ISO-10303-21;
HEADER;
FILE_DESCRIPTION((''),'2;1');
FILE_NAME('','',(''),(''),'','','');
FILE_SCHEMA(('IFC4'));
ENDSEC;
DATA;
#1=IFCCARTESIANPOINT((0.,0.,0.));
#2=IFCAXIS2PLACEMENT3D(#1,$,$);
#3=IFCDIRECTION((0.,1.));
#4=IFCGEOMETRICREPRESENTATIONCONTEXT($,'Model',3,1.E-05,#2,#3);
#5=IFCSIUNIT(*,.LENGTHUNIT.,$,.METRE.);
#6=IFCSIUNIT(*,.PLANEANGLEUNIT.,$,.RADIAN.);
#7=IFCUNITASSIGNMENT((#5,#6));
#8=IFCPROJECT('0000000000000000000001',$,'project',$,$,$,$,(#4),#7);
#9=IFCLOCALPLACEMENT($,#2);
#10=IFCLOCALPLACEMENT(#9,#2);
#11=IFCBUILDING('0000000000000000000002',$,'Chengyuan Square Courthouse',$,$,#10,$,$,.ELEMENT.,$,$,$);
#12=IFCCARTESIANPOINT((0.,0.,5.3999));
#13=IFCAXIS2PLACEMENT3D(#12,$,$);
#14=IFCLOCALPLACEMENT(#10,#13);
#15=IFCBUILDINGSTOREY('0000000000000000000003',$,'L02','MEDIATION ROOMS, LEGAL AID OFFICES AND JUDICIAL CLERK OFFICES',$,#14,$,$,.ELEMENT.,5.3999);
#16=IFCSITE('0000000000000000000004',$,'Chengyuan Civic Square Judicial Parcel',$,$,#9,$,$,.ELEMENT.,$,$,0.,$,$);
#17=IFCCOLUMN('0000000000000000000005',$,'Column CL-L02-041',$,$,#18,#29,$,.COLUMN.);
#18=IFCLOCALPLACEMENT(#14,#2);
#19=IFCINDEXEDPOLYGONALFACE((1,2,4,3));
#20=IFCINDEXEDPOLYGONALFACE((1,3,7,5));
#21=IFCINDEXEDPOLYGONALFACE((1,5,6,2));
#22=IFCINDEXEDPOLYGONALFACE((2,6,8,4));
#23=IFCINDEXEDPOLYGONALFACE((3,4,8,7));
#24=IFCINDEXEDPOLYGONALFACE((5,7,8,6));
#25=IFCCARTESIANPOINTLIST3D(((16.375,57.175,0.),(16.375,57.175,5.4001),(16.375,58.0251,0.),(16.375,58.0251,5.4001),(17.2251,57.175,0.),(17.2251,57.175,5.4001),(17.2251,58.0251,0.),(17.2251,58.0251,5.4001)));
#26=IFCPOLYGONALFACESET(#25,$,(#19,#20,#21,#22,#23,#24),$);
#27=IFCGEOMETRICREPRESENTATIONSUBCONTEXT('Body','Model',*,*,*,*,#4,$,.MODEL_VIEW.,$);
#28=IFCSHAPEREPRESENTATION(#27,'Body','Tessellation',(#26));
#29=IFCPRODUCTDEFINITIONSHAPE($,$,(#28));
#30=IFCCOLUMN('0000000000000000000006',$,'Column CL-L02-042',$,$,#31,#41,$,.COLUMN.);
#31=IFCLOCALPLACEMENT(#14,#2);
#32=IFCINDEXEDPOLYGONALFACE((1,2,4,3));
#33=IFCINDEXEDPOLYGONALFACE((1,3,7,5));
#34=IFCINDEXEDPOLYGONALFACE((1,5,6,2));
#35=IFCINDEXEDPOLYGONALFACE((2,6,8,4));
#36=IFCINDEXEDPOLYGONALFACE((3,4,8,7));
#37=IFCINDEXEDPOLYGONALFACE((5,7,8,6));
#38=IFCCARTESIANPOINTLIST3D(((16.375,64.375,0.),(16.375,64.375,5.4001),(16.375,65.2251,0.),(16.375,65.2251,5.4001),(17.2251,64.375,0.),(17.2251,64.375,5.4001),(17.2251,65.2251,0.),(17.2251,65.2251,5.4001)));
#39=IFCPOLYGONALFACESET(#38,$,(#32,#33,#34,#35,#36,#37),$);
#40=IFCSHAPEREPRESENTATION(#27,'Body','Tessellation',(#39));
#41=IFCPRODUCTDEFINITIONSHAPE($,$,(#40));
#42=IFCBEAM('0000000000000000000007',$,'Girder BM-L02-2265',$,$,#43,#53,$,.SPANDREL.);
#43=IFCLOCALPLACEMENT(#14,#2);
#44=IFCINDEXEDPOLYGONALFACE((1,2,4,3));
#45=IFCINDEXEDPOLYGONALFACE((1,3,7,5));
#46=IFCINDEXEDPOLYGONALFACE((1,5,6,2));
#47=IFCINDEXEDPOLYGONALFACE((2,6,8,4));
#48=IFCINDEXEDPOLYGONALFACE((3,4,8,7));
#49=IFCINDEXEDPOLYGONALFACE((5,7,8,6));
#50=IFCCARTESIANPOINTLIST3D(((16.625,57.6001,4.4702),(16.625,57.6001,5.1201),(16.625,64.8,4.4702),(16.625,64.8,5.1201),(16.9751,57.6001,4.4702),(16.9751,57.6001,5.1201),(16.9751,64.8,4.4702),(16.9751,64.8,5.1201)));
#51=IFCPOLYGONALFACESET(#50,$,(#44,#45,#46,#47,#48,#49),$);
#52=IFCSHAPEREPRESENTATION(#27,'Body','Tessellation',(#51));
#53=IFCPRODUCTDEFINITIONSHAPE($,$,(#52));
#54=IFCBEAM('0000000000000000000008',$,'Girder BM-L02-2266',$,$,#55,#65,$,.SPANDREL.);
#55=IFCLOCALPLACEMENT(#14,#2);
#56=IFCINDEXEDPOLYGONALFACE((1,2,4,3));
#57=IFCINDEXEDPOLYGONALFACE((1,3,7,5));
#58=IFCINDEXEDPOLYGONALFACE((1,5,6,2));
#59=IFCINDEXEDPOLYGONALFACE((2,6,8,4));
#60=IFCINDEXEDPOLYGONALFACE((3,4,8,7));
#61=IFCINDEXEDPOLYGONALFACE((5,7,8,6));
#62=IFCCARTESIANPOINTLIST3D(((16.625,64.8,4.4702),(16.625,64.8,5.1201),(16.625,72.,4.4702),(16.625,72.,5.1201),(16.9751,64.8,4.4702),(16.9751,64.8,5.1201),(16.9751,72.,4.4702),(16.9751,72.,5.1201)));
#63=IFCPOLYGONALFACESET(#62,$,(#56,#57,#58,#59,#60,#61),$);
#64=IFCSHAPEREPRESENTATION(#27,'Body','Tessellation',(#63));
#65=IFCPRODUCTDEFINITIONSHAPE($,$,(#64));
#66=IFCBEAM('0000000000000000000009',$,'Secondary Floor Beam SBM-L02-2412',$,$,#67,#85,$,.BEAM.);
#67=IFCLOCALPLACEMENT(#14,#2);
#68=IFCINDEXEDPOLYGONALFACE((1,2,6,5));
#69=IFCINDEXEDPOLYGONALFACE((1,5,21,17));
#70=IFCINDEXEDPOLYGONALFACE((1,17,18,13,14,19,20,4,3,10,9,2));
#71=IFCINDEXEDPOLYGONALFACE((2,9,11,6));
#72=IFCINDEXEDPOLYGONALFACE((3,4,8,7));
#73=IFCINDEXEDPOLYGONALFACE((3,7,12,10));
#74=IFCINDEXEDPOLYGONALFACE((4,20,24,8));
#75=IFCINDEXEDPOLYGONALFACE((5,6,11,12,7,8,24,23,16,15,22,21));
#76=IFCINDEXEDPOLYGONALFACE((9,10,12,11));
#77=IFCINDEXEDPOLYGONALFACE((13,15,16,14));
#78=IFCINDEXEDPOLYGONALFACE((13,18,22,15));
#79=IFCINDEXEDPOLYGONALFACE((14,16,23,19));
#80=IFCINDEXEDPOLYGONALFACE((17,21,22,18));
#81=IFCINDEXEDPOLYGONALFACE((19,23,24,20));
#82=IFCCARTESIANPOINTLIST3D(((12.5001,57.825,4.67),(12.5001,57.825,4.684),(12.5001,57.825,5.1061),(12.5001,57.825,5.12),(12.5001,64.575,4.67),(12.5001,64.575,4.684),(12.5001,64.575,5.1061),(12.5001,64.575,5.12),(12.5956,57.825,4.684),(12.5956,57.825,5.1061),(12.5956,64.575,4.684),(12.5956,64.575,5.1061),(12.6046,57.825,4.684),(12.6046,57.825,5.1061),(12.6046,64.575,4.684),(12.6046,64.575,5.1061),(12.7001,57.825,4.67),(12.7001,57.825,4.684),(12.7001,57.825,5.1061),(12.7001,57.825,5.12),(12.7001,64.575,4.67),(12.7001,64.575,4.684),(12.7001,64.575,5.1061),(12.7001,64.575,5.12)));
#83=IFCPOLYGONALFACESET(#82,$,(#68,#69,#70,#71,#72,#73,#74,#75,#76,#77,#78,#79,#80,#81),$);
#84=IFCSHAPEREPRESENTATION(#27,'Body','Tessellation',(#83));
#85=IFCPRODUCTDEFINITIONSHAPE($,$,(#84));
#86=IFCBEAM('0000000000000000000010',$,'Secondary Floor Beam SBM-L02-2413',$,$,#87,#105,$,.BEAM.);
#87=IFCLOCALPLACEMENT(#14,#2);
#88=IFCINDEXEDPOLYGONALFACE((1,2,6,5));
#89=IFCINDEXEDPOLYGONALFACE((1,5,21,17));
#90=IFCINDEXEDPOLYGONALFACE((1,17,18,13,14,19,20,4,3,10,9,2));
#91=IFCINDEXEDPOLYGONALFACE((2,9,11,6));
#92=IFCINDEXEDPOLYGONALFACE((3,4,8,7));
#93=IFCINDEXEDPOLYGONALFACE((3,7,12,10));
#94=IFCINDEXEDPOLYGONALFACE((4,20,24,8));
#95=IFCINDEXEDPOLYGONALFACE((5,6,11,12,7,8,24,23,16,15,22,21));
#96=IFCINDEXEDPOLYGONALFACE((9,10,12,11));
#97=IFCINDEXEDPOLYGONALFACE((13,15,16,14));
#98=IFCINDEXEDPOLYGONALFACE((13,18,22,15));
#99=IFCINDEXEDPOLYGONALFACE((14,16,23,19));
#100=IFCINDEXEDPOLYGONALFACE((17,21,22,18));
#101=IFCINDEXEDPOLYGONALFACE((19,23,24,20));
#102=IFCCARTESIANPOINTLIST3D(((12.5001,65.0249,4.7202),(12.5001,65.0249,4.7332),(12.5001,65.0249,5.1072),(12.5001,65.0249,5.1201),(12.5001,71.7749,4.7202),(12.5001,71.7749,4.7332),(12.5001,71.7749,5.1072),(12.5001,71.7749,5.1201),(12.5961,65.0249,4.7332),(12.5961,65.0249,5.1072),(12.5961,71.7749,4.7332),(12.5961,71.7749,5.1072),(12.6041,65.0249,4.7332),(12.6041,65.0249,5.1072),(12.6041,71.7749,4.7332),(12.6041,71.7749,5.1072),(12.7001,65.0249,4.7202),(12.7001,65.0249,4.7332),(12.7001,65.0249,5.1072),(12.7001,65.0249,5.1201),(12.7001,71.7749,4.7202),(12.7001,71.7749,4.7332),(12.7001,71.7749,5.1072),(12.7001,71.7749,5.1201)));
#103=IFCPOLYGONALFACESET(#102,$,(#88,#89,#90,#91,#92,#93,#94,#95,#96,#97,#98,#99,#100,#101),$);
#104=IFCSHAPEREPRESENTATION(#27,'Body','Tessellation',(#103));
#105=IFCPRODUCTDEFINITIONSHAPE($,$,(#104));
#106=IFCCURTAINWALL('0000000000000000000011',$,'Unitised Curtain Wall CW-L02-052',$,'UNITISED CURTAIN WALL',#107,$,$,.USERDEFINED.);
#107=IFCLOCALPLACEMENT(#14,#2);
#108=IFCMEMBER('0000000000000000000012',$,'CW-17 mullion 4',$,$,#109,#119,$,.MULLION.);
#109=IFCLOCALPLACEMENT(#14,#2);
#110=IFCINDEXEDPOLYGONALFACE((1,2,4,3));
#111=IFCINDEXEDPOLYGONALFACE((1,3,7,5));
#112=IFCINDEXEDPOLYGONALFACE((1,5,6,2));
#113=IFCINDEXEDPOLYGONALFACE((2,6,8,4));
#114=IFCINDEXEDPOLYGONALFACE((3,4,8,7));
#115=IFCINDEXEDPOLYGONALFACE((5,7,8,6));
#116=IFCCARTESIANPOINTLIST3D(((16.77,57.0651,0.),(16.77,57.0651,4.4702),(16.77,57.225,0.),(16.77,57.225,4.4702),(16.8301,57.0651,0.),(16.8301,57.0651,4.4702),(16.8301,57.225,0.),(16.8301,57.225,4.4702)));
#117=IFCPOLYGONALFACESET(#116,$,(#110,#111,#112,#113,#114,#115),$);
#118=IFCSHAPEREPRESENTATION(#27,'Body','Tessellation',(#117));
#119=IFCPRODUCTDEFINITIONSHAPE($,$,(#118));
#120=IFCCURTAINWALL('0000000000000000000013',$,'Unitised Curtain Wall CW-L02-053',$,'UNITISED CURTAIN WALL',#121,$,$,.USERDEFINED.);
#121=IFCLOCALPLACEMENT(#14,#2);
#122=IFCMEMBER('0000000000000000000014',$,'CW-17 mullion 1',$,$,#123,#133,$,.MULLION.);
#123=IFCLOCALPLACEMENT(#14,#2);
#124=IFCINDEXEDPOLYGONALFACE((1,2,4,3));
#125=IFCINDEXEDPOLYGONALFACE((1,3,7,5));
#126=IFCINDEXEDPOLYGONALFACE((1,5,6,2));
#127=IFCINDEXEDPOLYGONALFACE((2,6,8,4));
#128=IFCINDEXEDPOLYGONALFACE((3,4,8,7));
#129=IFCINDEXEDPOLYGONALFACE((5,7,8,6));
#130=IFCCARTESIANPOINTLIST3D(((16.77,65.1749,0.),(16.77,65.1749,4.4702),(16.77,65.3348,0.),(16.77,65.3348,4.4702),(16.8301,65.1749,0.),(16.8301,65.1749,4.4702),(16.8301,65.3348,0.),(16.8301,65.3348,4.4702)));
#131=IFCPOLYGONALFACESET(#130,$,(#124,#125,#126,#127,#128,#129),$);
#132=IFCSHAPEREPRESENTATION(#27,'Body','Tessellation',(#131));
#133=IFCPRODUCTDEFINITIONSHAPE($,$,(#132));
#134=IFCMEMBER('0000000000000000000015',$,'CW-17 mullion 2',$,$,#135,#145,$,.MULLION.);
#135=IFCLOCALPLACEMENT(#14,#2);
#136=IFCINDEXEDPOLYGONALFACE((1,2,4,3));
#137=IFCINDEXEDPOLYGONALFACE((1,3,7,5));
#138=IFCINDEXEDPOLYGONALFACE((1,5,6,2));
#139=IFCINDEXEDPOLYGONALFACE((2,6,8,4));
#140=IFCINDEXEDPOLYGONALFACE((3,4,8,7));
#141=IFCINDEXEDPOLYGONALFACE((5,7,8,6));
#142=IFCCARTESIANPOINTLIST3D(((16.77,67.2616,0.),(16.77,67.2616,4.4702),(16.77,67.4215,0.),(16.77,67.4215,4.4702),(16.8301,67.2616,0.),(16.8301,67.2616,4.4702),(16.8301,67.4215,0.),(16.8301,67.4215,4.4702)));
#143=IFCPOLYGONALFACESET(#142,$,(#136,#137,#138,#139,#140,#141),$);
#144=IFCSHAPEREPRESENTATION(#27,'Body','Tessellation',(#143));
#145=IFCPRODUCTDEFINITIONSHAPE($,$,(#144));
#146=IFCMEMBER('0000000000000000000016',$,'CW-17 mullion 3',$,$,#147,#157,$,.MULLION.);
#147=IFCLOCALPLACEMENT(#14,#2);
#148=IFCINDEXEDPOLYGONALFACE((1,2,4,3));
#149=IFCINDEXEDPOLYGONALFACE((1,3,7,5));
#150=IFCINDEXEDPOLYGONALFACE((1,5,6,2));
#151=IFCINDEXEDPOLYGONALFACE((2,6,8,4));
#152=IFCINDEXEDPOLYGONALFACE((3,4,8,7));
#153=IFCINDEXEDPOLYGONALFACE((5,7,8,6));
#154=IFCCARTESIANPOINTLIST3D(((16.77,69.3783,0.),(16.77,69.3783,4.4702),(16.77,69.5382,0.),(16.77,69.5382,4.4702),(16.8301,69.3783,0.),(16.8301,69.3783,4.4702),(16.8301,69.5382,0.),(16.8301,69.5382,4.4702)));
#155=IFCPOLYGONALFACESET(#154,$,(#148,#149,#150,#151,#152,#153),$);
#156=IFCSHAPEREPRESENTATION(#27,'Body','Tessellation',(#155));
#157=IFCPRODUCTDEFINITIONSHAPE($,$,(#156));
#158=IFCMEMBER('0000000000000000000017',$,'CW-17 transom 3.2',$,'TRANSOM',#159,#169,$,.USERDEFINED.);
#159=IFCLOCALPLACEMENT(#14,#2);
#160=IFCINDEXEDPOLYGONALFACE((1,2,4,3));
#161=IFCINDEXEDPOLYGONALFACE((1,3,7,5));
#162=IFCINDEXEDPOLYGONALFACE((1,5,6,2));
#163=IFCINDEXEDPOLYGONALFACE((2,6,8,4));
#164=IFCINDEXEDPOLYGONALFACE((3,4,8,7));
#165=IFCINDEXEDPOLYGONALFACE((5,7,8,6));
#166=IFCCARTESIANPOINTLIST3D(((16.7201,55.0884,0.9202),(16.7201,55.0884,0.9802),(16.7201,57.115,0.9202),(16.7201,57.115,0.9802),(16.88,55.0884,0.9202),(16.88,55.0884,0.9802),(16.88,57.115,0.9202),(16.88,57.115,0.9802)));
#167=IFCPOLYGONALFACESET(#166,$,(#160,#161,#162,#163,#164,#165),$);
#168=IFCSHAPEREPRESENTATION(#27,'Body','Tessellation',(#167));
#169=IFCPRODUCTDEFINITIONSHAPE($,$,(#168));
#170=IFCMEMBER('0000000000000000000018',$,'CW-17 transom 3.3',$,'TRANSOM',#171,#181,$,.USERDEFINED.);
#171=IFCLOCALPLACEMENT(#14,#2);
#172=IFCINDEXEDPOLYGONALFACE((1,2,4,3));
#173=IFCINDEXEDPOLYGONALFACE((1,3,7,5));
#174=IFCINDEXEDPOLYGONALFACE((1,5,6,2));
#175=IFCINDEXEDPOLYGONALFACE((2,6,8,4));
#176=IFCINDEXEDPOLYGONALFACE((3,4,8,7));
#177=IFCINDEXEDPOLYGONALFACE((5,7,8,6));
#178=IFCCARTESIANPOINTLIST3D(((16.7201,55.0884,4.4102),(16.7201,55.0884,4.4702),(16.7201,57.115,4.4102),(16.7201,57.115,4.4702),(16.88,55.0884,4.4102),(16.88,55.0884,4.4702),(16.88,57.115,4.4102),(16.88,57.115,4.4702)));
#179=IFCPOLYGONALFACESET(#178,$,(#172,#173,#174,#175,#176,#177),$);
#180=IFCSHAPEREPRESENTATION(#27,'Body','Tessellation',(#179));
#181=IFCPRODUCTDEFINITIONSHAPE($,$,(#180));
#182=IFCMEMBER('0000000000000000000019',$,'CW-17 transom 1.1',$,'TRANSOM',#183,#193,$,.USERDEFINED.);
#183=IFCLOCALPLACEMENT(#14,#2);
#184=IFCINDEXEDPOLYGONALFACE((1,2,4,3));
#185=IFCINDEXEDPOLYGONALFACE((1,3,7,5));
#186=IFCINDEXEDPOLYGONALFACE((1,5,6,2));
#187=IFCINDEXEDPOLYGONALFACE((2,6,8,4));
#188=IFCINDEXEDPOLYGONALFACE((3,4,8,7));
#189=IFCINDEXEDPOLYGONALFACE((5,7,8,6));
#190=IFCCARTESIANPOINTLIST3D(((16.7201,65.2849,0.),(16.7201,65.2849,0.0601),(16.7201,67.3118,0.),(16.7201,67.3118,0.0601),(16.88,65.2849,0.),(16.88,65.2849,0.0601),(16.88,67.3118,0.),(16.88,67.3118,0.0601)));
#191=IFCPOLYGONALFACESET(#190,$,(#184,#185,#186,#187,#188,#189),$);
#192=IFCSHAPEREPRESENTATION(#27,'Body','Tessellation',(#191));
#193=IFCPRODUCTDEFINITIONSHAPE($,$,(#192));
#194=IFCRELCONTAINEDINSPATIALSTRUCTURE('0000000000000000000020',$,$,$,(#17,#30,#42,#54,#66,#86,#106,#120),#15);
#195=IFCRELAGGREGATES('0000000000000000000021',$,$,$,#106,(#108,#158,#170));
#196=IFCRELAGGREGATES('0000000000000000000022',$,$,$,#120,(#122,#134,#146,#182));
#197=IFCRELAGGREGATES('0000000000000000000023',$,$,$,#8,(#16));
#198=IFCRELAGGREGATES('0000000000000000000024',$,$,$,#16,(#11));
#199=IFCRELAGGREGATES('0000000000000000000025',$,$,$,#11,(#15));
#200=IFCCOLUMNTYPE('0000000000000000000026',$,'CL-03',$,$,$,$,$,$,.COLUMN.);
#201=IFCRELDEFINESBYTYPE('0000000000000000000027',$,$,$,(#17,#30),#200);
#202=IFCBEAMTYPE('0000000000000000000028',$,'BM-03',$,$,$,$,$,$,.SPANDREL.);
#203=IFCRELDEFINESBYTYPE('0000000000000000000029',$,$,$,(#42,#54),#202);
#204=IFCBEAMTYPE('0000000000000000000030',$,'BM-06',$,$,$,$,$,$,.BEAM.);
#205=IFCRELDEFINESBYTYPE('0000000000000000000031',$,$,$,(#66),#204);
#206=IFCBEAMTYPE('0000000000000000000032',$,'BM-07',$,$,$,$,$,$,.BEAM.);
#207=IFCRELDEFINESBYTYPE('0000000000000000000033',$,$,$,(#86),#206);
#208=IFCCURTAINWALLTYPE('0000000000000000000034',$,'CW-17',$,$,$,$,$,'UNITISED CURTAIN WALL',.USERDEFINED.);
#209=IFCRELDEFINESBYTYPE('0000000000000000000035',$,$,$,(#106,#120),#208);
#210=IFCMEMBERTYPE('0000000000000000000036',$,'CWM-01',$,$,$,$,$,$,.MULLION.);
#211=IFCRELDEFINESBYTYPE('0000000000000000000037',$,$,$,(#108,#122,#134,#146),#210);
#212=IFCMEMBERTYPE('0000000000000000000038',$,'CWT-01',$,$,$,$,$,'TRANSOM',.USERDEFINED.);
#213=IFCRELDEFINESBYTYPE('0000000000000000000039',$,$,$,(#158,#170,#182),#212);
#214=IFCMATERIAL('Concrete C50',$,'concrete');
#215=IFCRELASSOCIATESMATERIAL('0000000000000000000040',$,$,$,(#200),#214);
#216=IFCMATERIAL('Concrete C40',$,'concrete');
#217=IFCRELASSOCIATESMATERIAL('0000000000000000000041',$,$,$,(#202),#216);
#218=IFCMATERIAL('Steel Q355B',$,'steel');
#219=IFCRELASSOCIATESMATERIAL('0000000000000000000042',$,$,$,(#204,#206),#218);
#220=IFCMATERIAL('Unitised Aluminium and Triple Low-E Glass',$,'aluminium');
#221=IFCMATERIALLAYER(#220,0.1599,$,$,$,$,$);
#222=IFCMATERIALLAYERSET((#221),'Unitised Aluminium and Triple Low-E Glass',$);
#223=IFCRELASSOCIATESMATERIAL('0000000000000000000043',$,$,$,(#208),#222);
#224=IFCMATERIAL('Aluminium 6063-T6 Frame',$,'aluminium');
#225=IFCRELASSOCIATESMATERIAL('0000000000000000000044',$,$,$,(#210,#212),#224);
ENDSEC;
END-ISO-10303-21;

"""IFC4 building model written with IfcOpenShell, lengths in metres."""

from ifc_helpers import new_model, si_unit, direction, frame, origin, origin_2d, place, context, subcontext, project, spatial, rectangle, i_section, extrude, material, layer, layer_set, material_profile, profile_set, type_object, element, aggregate, save


model = new_model("IFC4")

# Units and contexts
model_context = context("Model", 3, precision=1e-05, world=origin(), true_north=direction((0.0, 1.0)))
body_context = subcontext(model_context, "Body", "Model", "MODEL_VIEW")
ifc_project = project(units=[si_unit("LENGTHUNIT", "METRE"), si_unit("PLANEANGLEUNIT", "RADIAN")], contexts=[model_context])

# Site, building, storey
site_placement = place(None, origin())
site = spatial("IfcSite", under=ifc_project, at=site_placement, Name="Chengyuan Civic Square Judicial Parcel", CompositionType="ELEMENT", RefElevation=0.0)
building_placement = place(site_placement, origin())
building = spatial("IfcBuilding", under=site, at=building_placement, Name="Chengyuan Square Courthouse", CompositionType="ELEMENT")
storey_placement = place(building_placement, frame((0.0, 0.0, 5.3999)))
storey = spatial("IfcBuildingStorey", under=building, at=storey_placement, Name="L02", Description="MEDIATION ROOMS, LEGAL AID OFFICES AND JUDICIAL CLERK OFFICES", CompositionType="ELEMENT", Elevation=5.3999)

# Columns
ifc_material_1 = material(Name="Concrete C50", Category="concrete")
ifc_material_profile_1 = material_profile(ifc_material_1, rectangle(XDim=0.8501, YDim=0.8501, at=origin_2d()), Name="RC-COL-850x850")
ifc_profile_set_1 = profile_set([ifc_material_profile_1], Name="Concrete C50")
column_type = type_object("IfcColumnType", Name="CL-03", PredefinedType="COLUMN", material=ifc_profile_set_1)
for number, where, z_axis, x_axis, name in (
    (1, (16.8, 57.6001, 0.0), (0.0, 0.0, 1.0), (1.0, 0.0, 0.0), "Column CL-L02-041"),
    (2, (16.8, 64.8, 0.0), (0.0, 0.0, 1.0), (1.0, 0.0, 0.0), "Column CL-L02-042"),
):
    element("IfcColumn", number, at=place(storey_placement, frame(where, z_axis=z_axis, x_axis=x_axis)), inside=storey, type_object=column_type, Name=name, PredefinedType="COLUMN", context=body_context, shape_type="SweptSolid", body=[
        extrude(rectangle(XDim=0.8501, YDim=0.8501, at=origin_2d()), origin(), (0.0, 0.0, 1.0), 5.4001),
    ])

# Beams
ifc_material_2 = material(Name="Concrete C40", Category="concrete")
ifc_material_profile_2 = material_profile(ifc_material_2, rectangle(XDim=0.3501, YDim=0.6499, at=origin_2d()), Name="RC-BM-350x650")
ifc_profile_set_2 = profile_set([ifc_material_profile_2], Name="Concrete C40")
beam_type_1 = type_object("IfcBeamType", Name="BM-03", PredefinedType="SPANDREL", material=ifc_profile_set_2)
for number, where, z_axis, x_axis, name in (
    (3, (16.8, 57.6001, 4.7952), (0.0, 1.0, 0.0), (-1.0, 0.0, 0.0), "Girder BM-L02-2265"),
    (4, (16.8, 64.8, 4.7952), (0.0, 1.0, 0.0), (-1.0, 0.0, 0.0), "Girder BM-L02-2266"),
):
    element("IfcBeam", number, at=place(storey_placement, frame(where, z_axis=z_axis, x_axis=x_axis)), inside=storey, type_object=beam_type_1, Name=name, PredefinedType="SPANDREL", context=body_context, shape_type="SweptSolid", body=[
        extrude(rectangle(XDim=0.3501, YDim=0.6499, at=origin_2d()), origin(), (0.0, 0.0, 1.0), 7.2),
    ])
ifc_material_3 = material(Name="Steel Q355B", Category="steel")
ifc_material_profile_3 = material_profile(ifc_material_3, i_section(OverallWidth=0.2, OverallDepth=0.45, WebThickness=0.009, FlangeThickness=0.0139, at=origin_2d()), Name="HN 450x200x9x14")
ifc_profile_set_3 = profile_set([ifc_material_profile_3], Name="Steel Q355B")
beam_type_2 = type_object("IfcBeamType", Name="BM-06", PredefinedType="BEAM", material=ifc_profile_set_3)
beam_1_placement = place(storey_placement, frame((12.6001, 57.825, 4.895), z_axis=(0.0, 1.0, 0.0), x_axis=(-1.0, 0.0, 0.0)))
element("IfcBeam", 5, at=beam_1_placement, inside=storey, type_object=beam_type_2, Name="Secondary Floor Beam SBM-L02-2412", PredefinedType="BEAM", context=body_context, shape_type="SweptSolid", body=[
    extrude(i_section(OverallWidth=0.2, OverallDepth=0.45, WebThickness=0.009, FlangeThickness=0.0139, at=origin_2d()), origin(), (0.0, 0.0, 1.0), 6.75),
])
ifc_material_profile_4 = material_profile(ifc_material_3, i_section(OverallWidth=0.2, OverallDepth=0.3999, WebThickness=0.0081, FlangeThickness=0.0129, at=origin_2d()), Name="HN 400x200x8x13")
ifc_profile_set_4 = profile_set([ifc_material_profile_4], Name="Steel Q355B")
beam_type_3 = type_object("IfcBeamType", Name="BM-07", PredefinedType="BEAM", material=ifc_profile_set_4)
beam_2_placement = place(storey_placement, frame((12.6001, 65.0249, 4.9202), z_axis=(0.0, 1.0, 0.0), x_axis=(-1.0, 0.0, 0.0)))
element("IfcBeam", 6, at=beam_2_placement, inside=storey, type_object=beam_type_3, Name="Secondary Floor Beam SBM-L02-2413", PredefinedType="BEAM", context=body_context, shape_type="SweptSolid", body=[
    extrude(i_section(OverallWidth=0.2, OverallDepth=0.3999, WebThickness=0.0081, FlangeThickness=0.0129, at=origin_2d()), origin(), (0.0, 0.0, 1.0), 6.75),
])

# Curtain wall, member
ifc_material_4 = material(Name="Unitised Aluminium and Triple Low-E Glass", Category="aluminium")
ifc_layer_1 = layer(ifc_material_4, 0.1599)
ifc_layer_set_1 = layer_set([ifc_layer_1], Name="Unitised Aluminium and Triple Low-E Glass")
curtain_wall_type = type_object("IfcCurtainWallType", Name="CW-17", ElementType="UNITISED CURTAIN WALL", PredefinedType="USERDEFINED", material=ifc_layer_set_1)
curtain_wall_1_placement = place(storey_placement, origin())
curtain_wall_1 = element("IfcCurtainWall", 7, at=curtain_wall_1_placement, inside=storey, type_object=curtain_wall_type, Name="Unitised Curtain Wall CW-L02-052", ObjectType="UNITISED CURTAIN WALL", PredefinedType="USERDEFINED")
ifc_material_5 = material(Name="Aluminium 6063-T6 Frame", Category="aluminium")
ifc_material_profile_5 = material_profile(ifc_material_5, rectangle(XDim=0.0601, YDim=0.1599, at=origin_2d()), Name="CW-MUL-60x160")
ifc_profile_set_5 = profile_set([ifc_material_profile_5], Name="Aluminium 6063-T6 Frame")
member_type_1 = type_object("IfcMemberType", Name="CWM-01", PredefinedType="MULLION", material=ifc_profile_set_5)
member_1_placement = place(storey_placement, frame((16.8, 57.145, 0.0), z_axis=(0.0, 0.0, 1.0), x_axis=(-1.0, 0.0, 0.0)))
member_1 = element("IfcMember", 8, at=member_1_placement, type_object=member_type_1, Name="CW-17 mullion 4", PredefinedType="MULLION", context=body_context, shape_type="SweptSolid", body=[
    extrude(rectangle(XDim=0.0601, YDim=0.1599, at=origin_2d()), origin(), (0.0, 0.0, 1.0), 4.4702),
])

# Curtain wall, members
curtain_wall_2_placement = place(storey_placement, origin())
curtain_wall_2 = element("IfcCurtainWall", 9, at=curtain_wall_2_placement, inside=storey, type_object=curtain_wall_type, Name="Unitised Curtain Wall CW-L02-053", ObjectType="UNITISED CURTAIN WALL", PredefinedType="USERDEFINED")
member_2_placement = place(storey_placement, frame((16.8, 65.2549, 0.0), z_axis=(0.0, 0.0, 1.0), x_axis=(-1.0, 0.0, 0.0)))
member_2 = element("IfcMember", 10, at=member_2_placement, type_object=member_type_1, Name="CW-17 mullion 1", PredefinedType="MULLION", context=body_context, shape_type="SweptSolid", body=[
    extrude(rectangle(XDim=0.0601, YDim=0.1599, at=origin_2d()), origin(), (0.0, 0.0, 1.0), 4.4702),
])
member_3_placement = place(storey_placement, frame((16.8, 67.3416, 0.0), z_axis=(0.0, 0.0, 1.0), x_axis=(-1.0, 0.0, 0.0)))
member_3 = element("IfcMember", 11, at=member_3_placement, type_object=member_type_1, Name="CW-17 mullion 2", PredefinedType="MULLION", context=body_context, shape_type="SweptSolid", body=[
    extrude(rectangle(XDim=0.0601, YDim=0.1599, at=origin_2d()), origin(), (0.0, 0.0, 1.0), 4.4702),
])
member_4_placement = place(storey_placement, frame((16.8, 69.4583, 0.0), z_axis=(0.0, 0.0, 1.0), x_axis=(-1.0, 0.0, 0.0)))
member_4 = element("IfcMember", 12, at=member_4_placement, type_object=member_type_1, Name="CW-17 mullion 3", PredefinedType="MULLION", context=body_context, shape_type="SweptSolid", body=[
    extrude(rectangle(XDim=0.0601, YDim=0.1599, at=origin_2d()), origin(), (0.0, 0.0, 1.0), 4.4702),
])

# Members
ifc_material_profile_6 = material_profile(ifc_material_5, rectangle(XDim=0.1599, YDim=0.0601, at=origin_2d()), Name="CW-TRN-60x120")
ifc_profile_set_6 = profile_set([ifc_material_profile_6], Name="Aluminium 6063-T6 Frame")
member_type_2 = type_object("IfcMemberType", Name="CWT-01", ElementType="TRANSOM", PredefinedType="USERDEFINED", material=ifc_profile_set_6)
member_5_placement = place(storey_placement, frame((16.8, 55.0884, 0.9502), z_axis=(0.0, 1.0, 0.0), x_axis=(-1.0, 0.0, 0.0)))
member_5 = element("IfcMember", 13, at=member_5_placement, type_object=member_type_2, Name="CW-17 transom 3.2", ObjectType="TRANSOM", PredefinedType="USERDEFINED", context=body_context, shape_type="SweptSolid", body=[
    extrude(rectangle(XDim=0.1599, YDim=0.0601, at=origin_2d()), origin(), (0.0, 0.0, 1.0), 2.0266),
])
member_6_placement = place(storey_placement, frame((16.8, 55.0884, 4.4402), z_axis=(0.0, 1.0, 0.0), x_axis=(-1.0, 0.0, 0.0)))
member_6 = element("IfcMember", 14, at=member_6_placement, type_object=member_type_2, Name="CW-17 transom 3.3", ObjectType="TRANSOM", PredefinedType="USERDEFINED", context=body_context, shape_type="SweptSolid", body=[
    extrude(rectangle(XDim=0.1599, YDim=0.0601, at=origin_2d()), origin(), (0.0, 0.0, 1.0), 2.0266),
])
member_7_placement = place(storey_placement, frame((16.8, 65.2849, 0.03), z_axis=(0.0, 1.0, 0.0), x_axis=(-1.0, 0.0, 0.0)))
member_7 = element("IfcMember", 15, at=member_7_placement, type_object=member_type_2, Name="CW-17 transom 1.1", ObjectType="TRANSOM", PredefinedType="USERDEFINED", context=body_context, shape_type="SweptSolid", body=[
    extrude(rectangle(XDim=0.1599, YDim=0.0601, at=origin_2d()), origin(), (0.0, 0.0, 1.0), 2.0269),
])

aggregate(curtain_wall_1, [member_1, member_5, member_6])
aggregate(curtain_wall_2, [member_2, member_3, member_4, member_7])

save(model, "model.ifc")
